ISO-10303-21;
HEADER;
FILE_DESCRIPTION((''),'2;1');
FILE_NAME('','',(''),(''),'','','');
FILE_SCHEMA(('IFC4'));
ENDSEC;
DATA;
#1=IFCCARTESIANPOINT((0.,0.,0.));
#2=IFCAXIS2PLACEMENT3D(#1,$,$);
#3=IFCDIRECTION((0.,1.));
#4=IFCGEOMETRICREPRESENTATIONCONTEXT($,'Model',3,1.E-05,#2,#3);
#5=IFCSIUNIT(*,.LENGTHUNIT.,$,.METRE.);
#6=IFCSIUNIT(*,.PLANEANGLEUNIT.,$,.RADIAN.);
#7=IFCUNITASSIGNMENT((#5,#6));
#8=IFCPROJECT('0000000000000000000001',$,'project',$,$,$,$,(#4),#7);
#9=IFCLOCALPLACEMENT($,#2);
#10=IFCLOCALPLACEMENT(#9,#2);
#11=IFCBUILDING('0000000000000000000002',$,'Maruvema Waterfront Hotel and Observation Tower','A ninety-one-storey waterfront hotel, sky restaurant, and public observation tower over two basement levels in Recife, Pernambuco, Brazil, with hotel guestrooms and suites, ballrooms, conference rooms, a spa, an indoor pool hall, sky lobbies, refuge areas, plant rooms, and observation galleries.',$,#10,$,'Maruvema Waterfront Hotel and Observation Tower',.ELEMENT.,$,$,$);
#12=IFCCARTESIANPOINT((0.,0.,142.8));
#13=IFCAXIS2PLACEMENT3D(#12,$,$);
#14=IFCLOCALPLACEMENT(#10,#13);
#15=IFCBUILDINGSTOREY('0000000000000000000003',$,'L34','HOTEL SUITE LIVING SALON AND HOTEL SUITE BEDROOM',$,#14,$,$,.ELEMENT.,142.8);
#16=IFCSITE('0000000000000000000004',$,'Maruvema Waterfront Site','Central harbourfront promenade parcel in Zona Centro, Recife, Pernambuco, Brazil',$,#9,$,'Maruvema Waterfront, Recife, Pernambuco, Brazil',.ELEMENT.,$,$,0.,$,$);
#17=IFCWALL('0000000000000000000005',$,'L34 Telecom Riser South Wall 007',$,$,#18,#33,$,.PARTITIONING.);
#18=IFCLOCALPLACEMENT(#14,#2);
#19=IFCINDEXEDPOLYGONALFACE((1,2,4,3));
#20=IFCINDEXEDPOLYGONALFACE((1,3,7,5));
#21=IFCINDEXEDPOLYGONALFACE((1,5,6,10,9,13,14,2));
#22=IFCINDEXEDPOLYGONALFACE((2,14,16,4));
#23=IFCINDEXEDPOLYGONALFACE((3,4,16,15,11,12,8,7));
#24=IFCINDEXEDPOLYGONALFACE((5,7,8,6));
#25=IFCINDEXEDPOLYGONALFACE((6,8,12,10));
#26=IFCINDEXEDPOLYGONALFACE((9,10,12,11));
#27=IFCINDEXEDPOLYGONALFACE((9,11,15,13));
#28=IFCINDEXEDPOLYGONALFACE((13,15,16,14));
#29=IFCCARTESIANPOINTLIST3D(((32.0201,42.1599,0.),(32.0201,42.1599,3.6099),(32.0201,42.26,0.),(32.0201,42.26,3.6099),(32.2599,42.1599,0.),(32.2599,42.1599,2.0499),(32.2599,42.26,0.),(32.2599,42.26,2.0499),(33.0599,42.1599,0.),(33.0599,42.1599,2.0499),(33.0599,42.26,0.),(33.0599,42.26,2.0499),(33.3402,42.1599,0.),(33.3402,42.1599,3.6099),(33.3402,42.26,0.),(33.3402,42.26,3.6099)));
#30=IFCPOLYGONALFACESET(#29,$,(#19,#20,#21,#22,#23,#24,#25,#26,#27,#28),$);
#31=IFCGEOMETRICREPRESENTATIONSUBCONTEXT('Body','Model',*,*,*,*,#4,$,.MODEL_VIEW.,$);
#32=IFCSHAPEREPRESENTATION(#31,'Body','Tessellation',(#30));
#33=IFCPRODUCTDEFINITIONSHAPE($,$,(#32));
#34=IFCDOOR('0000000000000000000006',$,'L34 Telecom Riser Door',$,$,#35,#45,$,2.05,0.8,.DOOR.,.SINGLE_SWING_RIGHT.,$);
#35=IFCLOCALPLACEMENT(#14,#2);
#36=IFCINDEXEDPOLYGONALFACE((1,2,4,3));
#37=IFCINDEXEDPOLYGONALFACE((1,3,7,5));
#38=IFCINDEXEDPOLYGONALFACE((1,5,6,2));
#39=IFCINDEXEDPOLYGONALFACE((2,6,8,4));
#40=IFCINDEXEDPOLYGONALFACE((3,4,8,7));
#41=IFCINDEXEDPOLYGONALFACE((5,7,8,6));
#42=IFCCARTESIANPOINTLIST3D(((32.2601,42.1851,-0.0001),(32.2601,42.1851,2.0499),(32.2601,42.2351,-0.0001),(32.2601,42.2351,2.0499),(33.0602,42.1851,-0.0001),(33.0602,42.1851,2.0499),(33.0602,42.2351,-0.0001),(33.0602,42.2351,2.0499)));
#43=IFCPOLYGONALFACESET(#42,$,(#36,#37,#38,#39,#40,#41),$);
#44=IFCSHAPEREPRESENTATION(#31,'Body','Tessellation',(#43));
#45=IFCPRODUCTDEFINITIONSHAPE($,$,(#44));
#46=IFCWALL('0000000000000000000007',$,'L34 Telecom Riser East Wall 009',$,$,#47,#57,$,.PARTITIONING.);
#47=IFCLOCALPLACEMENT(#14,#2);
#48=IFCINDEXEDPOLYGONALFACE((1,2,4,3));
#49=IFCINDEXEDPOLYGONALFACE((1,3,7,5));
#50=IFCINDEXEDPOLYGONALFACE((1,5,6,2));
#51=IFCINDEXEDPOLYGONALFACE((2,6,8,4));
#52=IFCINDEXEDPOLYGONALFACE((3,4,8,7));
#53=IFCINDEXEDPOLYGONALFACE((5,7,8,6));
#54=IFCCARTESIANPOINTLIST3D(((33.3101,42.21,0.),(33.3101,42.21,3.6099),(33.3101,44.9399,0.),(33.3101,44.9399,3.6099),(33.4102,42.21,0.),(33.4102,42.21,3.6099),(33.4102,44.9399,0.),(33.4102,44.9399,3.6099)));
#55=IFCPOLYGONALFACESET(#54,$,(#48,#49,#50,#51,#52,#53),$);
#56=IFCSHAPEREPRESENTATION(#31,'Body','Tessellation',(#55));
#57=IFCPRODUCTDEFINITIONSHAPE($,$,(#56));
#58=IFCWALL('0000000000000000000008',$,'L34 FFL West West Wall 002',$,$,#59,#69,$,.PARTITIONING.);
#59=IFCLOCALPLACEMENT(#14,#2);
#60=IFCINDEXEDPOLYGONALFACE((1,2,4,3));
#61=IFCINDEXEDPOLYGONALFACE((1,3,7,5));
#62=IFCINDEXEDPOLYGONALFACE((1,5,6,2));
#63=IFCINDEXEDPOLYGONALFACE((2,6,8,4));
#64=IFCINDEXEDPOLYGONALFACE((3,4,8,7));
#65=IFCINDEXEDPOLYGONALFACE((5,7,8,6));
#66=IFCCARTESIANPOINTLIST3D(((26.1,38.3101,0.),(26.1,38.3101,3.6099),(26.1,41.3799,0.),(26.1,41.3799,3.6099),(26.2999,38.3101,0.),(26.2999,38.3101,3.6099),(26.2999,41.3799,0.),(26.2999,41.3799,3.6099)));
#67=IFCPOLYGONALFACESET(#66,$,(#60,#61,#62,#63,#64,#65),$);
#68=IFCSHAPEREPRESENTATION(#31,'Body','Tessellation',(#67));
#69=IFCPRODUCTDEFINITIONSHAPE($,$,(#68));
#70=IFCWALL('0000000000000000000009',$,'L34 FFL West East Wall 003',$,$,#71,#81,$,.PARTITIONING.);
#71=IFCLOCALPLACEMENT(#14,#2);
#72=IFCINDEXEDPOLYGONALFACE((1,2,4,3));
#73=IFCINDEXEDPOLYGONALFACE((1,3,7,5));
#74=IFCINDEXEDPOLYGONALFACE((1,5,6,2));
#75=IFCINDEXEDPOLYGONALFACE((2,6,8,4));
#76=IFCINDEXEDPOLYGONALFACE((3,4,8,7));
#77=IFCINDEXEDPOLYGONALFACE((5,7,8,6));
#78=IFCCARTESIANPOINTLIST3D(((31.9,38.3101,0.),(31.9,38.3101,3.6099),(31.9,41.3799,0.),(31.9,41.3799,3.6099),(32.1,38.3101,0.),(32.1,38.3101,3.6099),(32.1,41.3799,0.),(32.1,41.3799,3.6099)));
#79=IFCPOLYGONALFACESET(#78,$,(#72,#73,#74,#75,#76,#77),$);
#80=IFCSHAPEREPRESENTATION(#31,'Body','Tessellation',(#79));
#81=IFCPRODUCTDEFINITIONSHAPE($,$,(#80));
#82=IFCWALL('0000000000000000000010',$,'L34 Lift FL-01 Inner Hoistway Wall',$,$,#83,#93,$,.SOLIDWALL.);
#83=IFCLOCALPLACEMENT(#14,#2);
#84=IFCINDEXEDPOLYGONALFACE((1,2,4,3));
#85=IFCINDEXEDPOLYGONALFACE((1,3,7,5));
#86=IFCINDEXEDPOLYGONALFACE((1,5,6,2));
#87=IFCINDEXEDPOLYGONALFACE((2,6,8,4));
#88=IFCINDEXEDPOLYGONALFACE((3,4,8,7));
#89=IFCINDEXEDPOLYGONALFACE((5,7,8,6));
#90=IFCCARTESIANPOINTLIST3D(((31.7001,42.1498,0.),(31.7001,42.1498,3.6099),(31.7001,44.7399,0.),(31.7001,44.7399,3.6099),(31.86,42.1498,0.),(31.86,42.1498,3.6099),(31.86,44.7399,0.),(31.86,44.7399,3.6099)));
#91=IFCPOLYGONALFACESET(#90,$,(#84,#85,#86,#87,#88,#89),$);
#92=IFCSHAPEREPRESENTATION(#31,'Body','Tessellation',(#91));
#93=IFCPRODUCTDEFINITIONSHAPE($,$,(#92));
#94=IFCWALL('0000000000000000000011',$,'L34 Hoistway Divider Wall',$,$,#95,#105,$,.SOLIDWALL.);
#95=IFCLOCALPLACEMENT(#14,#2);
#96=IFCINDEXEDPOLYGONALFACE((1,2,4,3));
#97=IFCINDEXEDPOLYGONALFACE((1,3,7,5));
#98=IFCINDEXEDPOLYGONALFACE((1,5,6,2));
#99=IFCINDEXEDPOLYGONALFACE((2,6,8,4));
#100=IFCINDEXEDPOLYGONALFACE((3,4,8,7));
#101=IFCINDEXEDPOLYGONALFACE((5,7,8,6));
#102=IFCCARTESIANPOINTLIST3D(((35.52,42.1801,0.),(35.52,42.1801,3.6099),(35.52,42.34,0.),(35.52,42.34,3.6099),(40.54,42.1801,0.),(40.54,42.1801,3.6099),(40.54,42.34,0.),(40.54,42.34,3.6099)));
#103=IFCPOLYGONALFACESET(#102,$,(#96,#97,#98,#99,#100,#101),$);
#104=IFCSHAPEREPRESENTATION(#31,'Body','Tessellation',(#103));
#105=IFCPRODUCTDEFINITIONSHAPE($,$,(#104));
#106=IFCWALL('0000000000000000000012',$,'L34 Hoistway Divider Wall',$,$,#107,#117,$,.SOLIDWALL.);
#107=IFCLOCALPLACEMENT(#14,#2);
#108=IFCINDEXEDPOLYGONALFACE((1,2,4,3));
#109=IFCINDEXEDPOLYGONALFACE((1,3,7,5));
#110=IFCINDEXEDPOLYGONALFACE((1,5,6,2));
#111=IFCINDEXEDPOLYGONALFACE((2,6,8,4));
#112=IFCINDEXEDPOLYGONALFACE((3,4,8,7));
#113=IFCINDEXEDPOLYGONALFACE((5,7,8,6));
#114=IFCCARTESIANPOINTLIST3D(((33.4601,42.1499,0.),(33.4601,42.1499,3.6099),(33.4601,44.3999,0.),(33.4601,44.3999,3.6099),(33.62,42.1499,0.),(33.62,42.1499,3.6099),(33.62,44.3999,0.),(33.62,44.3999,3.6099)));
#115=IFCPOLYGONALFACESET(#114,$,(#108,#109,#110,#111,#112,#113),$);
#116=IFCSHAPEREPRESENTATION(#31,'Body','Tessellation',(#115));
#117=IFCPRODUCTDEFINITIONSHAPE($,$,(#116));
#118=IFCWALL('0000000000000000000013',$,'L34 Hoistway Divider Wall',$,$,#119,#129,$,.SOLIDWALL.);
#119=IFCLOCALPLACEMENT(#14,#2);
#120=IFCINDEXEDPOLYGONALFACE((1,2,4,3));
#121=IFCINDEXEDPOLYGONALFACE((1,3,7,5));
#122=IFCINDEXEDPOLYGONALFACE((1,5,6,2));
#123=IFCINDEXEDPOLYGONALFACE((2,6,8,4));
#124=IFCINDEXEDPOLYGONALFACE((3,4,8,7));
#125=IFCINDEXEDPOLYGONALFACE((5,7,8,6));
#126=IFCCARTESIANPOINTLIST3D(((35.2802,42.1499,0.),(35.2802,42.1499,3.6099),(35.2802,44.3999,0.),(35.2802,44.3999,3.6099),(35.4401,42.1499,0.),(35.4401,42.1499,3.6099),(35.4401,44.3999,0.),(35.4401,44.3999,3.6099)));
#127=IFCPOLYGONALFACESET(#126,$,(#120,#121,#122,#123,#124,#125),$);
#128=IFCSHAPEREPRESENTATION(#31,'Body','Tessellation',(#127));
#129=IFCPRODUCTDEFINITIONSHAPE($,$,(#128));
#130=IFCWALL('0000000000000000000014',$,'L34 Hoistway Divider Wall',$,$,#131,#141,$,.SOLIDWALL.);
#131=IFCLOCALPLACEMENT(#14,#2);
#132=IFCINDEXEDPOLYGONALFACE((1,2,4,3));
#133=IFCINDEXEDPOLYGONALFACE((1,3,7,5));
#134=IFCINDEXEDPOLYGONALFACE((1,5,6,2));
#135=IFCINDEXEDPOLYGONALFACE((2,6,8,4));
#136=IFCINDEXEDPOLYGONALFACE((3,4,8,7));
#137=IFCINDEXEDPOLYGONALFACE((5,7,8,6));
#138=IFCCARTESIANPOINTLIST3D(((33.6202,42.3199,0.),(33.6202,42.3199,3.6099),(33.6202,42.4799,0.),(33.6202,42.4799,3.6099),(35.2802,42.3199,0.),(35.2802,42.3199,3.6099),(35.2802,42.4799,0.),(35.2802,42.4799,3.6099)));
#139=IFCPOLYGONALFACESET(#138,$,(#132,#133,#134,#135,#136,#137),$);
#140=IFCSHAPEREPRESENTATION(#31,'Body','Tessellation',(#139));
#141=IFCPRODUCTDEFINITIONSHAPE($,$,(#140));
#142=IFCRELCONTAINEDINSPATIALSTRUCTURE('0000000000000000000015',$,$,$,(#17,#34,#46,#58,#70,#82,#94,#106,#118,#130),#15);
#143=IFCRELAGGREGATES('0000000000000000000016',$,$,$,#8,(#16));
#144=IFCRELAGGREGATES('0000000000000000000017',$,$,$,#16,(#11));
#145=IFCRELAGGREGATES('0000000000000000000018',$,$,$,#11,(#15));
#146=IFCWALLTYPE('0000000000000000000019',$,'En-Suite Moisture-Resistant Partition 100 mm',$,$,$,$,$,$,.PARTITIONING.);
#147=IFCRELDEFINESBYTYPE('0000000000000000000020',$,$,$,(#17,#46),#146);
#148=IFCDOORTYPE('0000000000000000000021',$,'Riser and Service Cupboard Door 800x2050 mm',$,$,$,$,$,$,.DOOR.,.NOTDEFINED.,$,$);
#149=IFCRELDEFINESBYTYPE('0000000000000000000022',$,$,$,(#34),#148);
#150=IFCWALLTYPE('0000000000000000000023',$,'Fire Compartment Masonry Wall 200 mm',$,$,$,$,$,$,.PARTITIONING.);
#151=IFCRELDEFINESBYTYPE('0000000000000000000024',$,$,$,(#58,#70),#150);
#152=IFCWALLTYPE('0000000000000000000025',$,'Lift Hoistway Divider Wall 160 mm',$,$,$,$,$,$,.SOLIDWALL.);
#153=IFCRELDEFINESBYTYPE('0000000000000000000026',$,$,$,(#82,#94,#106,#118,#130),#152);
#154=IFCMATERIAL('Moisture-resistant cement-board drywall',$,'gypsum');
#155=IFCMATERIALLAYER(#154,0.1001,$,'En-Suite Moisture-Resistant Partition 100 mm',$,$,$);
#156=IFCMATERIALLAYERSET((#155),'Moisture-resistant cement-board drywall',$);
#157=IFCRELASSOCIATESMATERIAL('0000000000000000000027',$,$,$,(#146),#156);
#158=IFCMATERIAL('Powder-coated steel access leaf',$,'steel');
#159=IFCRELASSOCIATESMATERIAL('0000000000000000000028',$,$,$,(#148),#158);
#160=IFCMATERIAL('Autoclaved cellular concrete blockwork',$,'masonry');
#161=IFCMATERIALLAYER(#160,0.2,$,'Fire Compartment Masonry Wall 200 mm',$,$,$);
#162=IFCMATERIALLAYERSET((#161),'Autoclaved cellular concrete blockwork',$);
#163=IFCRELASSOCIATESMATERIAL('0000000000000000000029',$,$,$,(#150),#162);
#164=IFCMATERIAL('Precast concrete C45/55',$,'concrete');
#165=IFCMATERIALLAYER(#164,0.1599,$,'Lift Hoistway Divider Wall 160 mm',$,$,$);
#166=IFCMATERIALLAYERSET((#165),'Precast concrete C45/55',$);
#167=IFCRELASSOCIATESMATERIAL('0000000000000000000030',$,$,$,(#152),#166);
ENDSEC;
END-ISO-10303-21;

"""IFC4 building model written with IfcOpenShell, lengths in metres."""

from ifc_helpers import new_model, si_unit, direction, frame, frame_2d, origin, place, context, subcontext, project, spatial, rectangle, extrude, material, layer, layer_set, type_object, element, fill, save


model = new_model("IFC4")

# Units and contexts
model_context = context("Model", 3, precision=1e-05, world=origin(), true_north=direction((0.0, 1.0)))
body_context = subcontext(model_context, "Body", "Model", "MODEL_VIEW")
ifc_project = project(units=[si_unit("LENGTHUNIT", "METRE"), si_unit("PLANEANGLEUNIT", "RADIAN")], contexts=[model_context])

# Site, building, storey
site_placement = place(None, origin())
site = spatial("IfcSite", under=ifc_project, at=site_placement, Name="Maruvema Waterfront Site", Description="Central harbourfront promenade parcel in Zona Centro, Recife, Pernambuco, Brazil", LongName="Maruvema Waterfront, Recife, Pernambuco, Brazil", CompositionType="ELEMENT", RefElevation=0.0)
building_placement = place(site_placement, origin())
building = spatial("IfcBuilding", under=site, at=building_placement, Name="Maruvema Waterfront Hotel and Observation Tower", Description="A ninety-one-storey waterfront hotel, sky restaurant, and public observation tower over two basement levels in Recife, Pernambuco, Brazil, with hotel guestrooms and suites, ballrooms, conference rooms, a spa, an indoor pool hall, sky lobbies, refuge areas, plant rooms, and observation galleries.", LongName="Maruvema Waterfront Hotel and Observation Tower", CompositionType="ELEMENT")
storey_placement = place(building_placement, frame((0.0, 0.0, 142.8)))
storey = spatial("IfcBuildingStorey", under=building, at=storey_placement, Name="L34", Description="HOTEL SUITE LIVING SALON AND HOTEL SUITE BEDROOM", CompositionType="ELEMENT", Elevation=142.8)

# Wall, opening, door
ifc_material_1 = material(Name="Moisture-resistant cement-board drywall", Category="gypsum")
ifc_layer_1 = layer(ifc_material_1, 0.1001, Name="En-Suite Moisture-Resistant Partition 100 mm")
ifc_layer_set_1 = layer_set([ifc_layer_1], Name="Moisture-resistant cement-board drywall")
wall_type_1 = type_object("IfcWallType", Name="En-Suite Moisture-Resistant Partition 100 mm", PredefinedType="PARTITIONING", material=ifc_layer_set_1)
wall_1_placement = place(storey_placement, frame((32.02, 42.21, 0.0), z_axis=(0.0, 0.0, 1.0), x_axis=(1.0, 0.0, 0.0)))
wall_1 = element("IfcWall", 1, at=wall_1_placement, inside=storey, type_object=wall_type_1, Name="L34 Telecom Riser South Wall 007", PredefinedType="PARTITIONING", context=body_context, shape_type="SweptSolid", body=[
    extrude(rectangle(XDim=1.3201, YDim=0.1001, at=frame_2d((0.6602, 0.0))), origin(), (0.0, 0.0, 1.0), 3.6099),
])
opening_1_placement = place(wall_1_placement, frame((0.24, 0.0, 0.0)))
opening_1 = element("IfcOpeningElement", 2, at=opening_1_placement, cuts=wall_1, PredefinedType="OPENING", context=body_context, shape_type="SweptSolid", body=[
    extrude(rectangle(XDim=0.8, YDim=2.05, at=frame_2d((0.3999, 1.0249))), frame((0.0, 0.0601, 0.0), z_axis=(0.0, -1.0, 0.0), x_axis=(1.0, 0.0, 0.0)), (0.0, 0.0, 1.0), 0.1201),
])
ifc_material_2 = material(Name="Powder-coated steel access leaf", Category="steel")
door_type_1 = type_object("IfcDoorType", Name="Riser and Service Cupboard Door 800x2050 mm", OperationType="NOTDEFINED", PredefinedType="DOOR", material=ifc_material_2)
door_1_placement = place(opening_1_placement, frame((0.8, 0.0, 0.0), z_axis=(0.0, 0.0, 1.0), x_axis=(-1.0, 0.0, 0.0)))
door_1 = element("IfcDoor", 3, at=door_1_placement, inside=storey, type_object=door_type_1, Name="L34 Telecom Riser Door", OperationType="SINGLE_SWING_RIGHT", OverallHeight=2.05, OverallWidth=0.8, PredefinedType="DOOR", context=body_context, shape_type="SweptSolid", body=[
    extrude(rectangle(XDim=0.8, YDim=2.05, at=frame_2d((0.3999, 1.0249))), frame((0.0, 0.0249, 0.0), z_axis=(0.0, -1.0, 0.0), x_axis=(1.0, 0.0, 0.0)), (0.0, 0.0, 1.0), 0.05),
])
fill(opening_1, door_1)

# Wall
wall_2_placement = place(storey_placement, frame((33.3601, 42.21, 0.0), z_axis=(0.0, 0.0, 1.0), x_axis=(0.0, 1.0, 0.0)))
element("IfcWall", 4, at=wall_2_placement, inside=storey, type_object=wall_type_1, Name="L34 Telecom Riser East Wall 009", PredefinedType="PARTITIONING", context=body_context, shape_type="SweptSolid", body=[
    extrude(rectangle(XDim=2.73, YDim=0.1001, at=frame_2d((1.365, 0.0))), origin(), (0.0, 0.0, 1.0), 3.6099),
])

# Shared definitions
ifc_material_3 = material(Name="Autoclaved cellular concrete blockwork", Category="masonry")
ifc_layer_2 = layer(ifc_material_3, 0.2, Name="Fire Compartment Masonry Wall 200 mm")
ifc_layer_set_2 = layer_set([ifc_layer_2], Name="Autoclaved cellular concrete blockwork")
wall_type_2 = type_object("IfcWallType", Name="Fire Compartment Masonry Wall 200 mm", PredefinedType="PARTITIONING", material=ifc_layer_set_2)

# Walls
for number, where, z_axis, x_axis, name in (
    (5, (26.2, 38.3101, 0.0), (0.0, 0.0, 1.0), (0.0, 1.0, 0.0), "L34 FFL West West Wall 002"),
    (6, (32.0, 38.3101, 0.0), (0.0, 0.0, 1.0), (0.0, 1.0, 0.0), "L34 FFL West East Wall 003"),
):
    element("IfcWall", number, at=place(storey_placement, frame(where, z_axis=z_axis, x_axis=x_axis)), inside=storey, type_object=wall_type_2, Name=name, PredefinedType="PARTITIONING", context=body_context, shape_type="SweptSolid", body=[
        extrude(rectangle(XDim=3.0698, YDim=0.2, at=frame_2d((1.5349, 0.0))), origin(), (0.0, 0.0, 1.0), 3.6099),
    ])
ifc_material_4 = material(Name="Precast concrete C45/55", Category="concrete")
ifc_layer_3 = layer(ifc_material_4, 0.1599, Name="Lift Hoistway Divider Wall 160 mm")
ifc_layer_set_3 = layer_set([ifc_layer_3], Name="Precast concrete C45/55")
wall_type_3 = type_object("IfcWallType", Name="Lift Hoistway Divider Wall 160 mm", PredefinedType="SOLIDWALL", material=ifc_layer_set_3)
wall_3_placement = place(storey_placement, frame((31.78, 42.1499, 0.0), z_axis=(0.0, 0.0, 1.0), x_axis=(0.0, 1.0, 0.0)))
element("IfcWall", 7, at=wall_3_placement, inside=storey, type_object=wall_type_3, Name="L34 Lift FL-01 Inner Hoistway Wall", PredefinedType="SOLIDWALL", context=body_context, shape_type="SweptSolid", body=[
    extrude(rectangle(XDim=2.5901, YDim=0.1599, at=frame_2d((1.2949, 0.0))), origin(), (0.0, 0.0, 1.0), 3.6099),
])
wall_4_placement = place(storey_placement, frame((35.52, 42.26, 0.0), z_axis=(0.0, 0.0, 1.0), x_axis=(1.0, 0.0, 0.0)))
element("IfcWall", 8, at=wall_4_placement, inside=storey, type_object=wall_type_3, Name="L34 Hoistway Divider Wall", PredefinedType="SOLIDWALL", context=body_context, shape_type="SweptSolid", body=[
    extrude(rectangle(XDim=5.02, YDim=0.1599, at=frame_2d((2.51, 0.0))), origin(), (0.0, 0.0, 1.0), 3.6099),
])
for number, where, z_axis, x_axis, name in (
    (9, (33.54, 42.1499, 0.0), (0.0, 0.0, 1.0), (0.0, 1.0, 0.0), "L34 Hoistway Divider Wall"),
    (10, (35.3601, 42.1499, 0.0), (0.0, 0.0, 1.0), (0.0, 1.0, 0.0), "L34 Hoistway Divider Wall"),
):
    element("IfcWall", number, at=place(storey_placement, frame(where, z_axis=z_axis, x_axis=x_axis)), inside=storey, type_object=wall_type_3, Name=name, PredefinedType="SOLIDWALL", context=body_context, shape_type="SweptSolid", body=[
        extrude(rectangle(XDim=2.25, YDim=0.1599, at=frame_2d((1.125, 0.0))), origin(), (0.0, 0.0, 1.0), 3.6099),
    ])
wall_5_placement = place(storey_placement, frame((33.6201, 42.3999, 0.0), z_axis=(0.0, 0.0, 1.0), x_axis=(1.0, 0.0, 0.0)))
element("IfcWall", 11, at=wall_5_placement, inside=storey, type_object=wall_type_3, Name="L34 Hoistway Divider Wall", PredefinedType="SOLIDWALL", context=body_context, shape_type="SweptSolid", body=[
    extrude(rectangle(XDim=1.6599, YDim=0.1599, at=frame_2d((0.8301, 0.0))), origin(), (0.0, 0.0, 1.0), 3.6099),
])

save(model, "model.ifc")
